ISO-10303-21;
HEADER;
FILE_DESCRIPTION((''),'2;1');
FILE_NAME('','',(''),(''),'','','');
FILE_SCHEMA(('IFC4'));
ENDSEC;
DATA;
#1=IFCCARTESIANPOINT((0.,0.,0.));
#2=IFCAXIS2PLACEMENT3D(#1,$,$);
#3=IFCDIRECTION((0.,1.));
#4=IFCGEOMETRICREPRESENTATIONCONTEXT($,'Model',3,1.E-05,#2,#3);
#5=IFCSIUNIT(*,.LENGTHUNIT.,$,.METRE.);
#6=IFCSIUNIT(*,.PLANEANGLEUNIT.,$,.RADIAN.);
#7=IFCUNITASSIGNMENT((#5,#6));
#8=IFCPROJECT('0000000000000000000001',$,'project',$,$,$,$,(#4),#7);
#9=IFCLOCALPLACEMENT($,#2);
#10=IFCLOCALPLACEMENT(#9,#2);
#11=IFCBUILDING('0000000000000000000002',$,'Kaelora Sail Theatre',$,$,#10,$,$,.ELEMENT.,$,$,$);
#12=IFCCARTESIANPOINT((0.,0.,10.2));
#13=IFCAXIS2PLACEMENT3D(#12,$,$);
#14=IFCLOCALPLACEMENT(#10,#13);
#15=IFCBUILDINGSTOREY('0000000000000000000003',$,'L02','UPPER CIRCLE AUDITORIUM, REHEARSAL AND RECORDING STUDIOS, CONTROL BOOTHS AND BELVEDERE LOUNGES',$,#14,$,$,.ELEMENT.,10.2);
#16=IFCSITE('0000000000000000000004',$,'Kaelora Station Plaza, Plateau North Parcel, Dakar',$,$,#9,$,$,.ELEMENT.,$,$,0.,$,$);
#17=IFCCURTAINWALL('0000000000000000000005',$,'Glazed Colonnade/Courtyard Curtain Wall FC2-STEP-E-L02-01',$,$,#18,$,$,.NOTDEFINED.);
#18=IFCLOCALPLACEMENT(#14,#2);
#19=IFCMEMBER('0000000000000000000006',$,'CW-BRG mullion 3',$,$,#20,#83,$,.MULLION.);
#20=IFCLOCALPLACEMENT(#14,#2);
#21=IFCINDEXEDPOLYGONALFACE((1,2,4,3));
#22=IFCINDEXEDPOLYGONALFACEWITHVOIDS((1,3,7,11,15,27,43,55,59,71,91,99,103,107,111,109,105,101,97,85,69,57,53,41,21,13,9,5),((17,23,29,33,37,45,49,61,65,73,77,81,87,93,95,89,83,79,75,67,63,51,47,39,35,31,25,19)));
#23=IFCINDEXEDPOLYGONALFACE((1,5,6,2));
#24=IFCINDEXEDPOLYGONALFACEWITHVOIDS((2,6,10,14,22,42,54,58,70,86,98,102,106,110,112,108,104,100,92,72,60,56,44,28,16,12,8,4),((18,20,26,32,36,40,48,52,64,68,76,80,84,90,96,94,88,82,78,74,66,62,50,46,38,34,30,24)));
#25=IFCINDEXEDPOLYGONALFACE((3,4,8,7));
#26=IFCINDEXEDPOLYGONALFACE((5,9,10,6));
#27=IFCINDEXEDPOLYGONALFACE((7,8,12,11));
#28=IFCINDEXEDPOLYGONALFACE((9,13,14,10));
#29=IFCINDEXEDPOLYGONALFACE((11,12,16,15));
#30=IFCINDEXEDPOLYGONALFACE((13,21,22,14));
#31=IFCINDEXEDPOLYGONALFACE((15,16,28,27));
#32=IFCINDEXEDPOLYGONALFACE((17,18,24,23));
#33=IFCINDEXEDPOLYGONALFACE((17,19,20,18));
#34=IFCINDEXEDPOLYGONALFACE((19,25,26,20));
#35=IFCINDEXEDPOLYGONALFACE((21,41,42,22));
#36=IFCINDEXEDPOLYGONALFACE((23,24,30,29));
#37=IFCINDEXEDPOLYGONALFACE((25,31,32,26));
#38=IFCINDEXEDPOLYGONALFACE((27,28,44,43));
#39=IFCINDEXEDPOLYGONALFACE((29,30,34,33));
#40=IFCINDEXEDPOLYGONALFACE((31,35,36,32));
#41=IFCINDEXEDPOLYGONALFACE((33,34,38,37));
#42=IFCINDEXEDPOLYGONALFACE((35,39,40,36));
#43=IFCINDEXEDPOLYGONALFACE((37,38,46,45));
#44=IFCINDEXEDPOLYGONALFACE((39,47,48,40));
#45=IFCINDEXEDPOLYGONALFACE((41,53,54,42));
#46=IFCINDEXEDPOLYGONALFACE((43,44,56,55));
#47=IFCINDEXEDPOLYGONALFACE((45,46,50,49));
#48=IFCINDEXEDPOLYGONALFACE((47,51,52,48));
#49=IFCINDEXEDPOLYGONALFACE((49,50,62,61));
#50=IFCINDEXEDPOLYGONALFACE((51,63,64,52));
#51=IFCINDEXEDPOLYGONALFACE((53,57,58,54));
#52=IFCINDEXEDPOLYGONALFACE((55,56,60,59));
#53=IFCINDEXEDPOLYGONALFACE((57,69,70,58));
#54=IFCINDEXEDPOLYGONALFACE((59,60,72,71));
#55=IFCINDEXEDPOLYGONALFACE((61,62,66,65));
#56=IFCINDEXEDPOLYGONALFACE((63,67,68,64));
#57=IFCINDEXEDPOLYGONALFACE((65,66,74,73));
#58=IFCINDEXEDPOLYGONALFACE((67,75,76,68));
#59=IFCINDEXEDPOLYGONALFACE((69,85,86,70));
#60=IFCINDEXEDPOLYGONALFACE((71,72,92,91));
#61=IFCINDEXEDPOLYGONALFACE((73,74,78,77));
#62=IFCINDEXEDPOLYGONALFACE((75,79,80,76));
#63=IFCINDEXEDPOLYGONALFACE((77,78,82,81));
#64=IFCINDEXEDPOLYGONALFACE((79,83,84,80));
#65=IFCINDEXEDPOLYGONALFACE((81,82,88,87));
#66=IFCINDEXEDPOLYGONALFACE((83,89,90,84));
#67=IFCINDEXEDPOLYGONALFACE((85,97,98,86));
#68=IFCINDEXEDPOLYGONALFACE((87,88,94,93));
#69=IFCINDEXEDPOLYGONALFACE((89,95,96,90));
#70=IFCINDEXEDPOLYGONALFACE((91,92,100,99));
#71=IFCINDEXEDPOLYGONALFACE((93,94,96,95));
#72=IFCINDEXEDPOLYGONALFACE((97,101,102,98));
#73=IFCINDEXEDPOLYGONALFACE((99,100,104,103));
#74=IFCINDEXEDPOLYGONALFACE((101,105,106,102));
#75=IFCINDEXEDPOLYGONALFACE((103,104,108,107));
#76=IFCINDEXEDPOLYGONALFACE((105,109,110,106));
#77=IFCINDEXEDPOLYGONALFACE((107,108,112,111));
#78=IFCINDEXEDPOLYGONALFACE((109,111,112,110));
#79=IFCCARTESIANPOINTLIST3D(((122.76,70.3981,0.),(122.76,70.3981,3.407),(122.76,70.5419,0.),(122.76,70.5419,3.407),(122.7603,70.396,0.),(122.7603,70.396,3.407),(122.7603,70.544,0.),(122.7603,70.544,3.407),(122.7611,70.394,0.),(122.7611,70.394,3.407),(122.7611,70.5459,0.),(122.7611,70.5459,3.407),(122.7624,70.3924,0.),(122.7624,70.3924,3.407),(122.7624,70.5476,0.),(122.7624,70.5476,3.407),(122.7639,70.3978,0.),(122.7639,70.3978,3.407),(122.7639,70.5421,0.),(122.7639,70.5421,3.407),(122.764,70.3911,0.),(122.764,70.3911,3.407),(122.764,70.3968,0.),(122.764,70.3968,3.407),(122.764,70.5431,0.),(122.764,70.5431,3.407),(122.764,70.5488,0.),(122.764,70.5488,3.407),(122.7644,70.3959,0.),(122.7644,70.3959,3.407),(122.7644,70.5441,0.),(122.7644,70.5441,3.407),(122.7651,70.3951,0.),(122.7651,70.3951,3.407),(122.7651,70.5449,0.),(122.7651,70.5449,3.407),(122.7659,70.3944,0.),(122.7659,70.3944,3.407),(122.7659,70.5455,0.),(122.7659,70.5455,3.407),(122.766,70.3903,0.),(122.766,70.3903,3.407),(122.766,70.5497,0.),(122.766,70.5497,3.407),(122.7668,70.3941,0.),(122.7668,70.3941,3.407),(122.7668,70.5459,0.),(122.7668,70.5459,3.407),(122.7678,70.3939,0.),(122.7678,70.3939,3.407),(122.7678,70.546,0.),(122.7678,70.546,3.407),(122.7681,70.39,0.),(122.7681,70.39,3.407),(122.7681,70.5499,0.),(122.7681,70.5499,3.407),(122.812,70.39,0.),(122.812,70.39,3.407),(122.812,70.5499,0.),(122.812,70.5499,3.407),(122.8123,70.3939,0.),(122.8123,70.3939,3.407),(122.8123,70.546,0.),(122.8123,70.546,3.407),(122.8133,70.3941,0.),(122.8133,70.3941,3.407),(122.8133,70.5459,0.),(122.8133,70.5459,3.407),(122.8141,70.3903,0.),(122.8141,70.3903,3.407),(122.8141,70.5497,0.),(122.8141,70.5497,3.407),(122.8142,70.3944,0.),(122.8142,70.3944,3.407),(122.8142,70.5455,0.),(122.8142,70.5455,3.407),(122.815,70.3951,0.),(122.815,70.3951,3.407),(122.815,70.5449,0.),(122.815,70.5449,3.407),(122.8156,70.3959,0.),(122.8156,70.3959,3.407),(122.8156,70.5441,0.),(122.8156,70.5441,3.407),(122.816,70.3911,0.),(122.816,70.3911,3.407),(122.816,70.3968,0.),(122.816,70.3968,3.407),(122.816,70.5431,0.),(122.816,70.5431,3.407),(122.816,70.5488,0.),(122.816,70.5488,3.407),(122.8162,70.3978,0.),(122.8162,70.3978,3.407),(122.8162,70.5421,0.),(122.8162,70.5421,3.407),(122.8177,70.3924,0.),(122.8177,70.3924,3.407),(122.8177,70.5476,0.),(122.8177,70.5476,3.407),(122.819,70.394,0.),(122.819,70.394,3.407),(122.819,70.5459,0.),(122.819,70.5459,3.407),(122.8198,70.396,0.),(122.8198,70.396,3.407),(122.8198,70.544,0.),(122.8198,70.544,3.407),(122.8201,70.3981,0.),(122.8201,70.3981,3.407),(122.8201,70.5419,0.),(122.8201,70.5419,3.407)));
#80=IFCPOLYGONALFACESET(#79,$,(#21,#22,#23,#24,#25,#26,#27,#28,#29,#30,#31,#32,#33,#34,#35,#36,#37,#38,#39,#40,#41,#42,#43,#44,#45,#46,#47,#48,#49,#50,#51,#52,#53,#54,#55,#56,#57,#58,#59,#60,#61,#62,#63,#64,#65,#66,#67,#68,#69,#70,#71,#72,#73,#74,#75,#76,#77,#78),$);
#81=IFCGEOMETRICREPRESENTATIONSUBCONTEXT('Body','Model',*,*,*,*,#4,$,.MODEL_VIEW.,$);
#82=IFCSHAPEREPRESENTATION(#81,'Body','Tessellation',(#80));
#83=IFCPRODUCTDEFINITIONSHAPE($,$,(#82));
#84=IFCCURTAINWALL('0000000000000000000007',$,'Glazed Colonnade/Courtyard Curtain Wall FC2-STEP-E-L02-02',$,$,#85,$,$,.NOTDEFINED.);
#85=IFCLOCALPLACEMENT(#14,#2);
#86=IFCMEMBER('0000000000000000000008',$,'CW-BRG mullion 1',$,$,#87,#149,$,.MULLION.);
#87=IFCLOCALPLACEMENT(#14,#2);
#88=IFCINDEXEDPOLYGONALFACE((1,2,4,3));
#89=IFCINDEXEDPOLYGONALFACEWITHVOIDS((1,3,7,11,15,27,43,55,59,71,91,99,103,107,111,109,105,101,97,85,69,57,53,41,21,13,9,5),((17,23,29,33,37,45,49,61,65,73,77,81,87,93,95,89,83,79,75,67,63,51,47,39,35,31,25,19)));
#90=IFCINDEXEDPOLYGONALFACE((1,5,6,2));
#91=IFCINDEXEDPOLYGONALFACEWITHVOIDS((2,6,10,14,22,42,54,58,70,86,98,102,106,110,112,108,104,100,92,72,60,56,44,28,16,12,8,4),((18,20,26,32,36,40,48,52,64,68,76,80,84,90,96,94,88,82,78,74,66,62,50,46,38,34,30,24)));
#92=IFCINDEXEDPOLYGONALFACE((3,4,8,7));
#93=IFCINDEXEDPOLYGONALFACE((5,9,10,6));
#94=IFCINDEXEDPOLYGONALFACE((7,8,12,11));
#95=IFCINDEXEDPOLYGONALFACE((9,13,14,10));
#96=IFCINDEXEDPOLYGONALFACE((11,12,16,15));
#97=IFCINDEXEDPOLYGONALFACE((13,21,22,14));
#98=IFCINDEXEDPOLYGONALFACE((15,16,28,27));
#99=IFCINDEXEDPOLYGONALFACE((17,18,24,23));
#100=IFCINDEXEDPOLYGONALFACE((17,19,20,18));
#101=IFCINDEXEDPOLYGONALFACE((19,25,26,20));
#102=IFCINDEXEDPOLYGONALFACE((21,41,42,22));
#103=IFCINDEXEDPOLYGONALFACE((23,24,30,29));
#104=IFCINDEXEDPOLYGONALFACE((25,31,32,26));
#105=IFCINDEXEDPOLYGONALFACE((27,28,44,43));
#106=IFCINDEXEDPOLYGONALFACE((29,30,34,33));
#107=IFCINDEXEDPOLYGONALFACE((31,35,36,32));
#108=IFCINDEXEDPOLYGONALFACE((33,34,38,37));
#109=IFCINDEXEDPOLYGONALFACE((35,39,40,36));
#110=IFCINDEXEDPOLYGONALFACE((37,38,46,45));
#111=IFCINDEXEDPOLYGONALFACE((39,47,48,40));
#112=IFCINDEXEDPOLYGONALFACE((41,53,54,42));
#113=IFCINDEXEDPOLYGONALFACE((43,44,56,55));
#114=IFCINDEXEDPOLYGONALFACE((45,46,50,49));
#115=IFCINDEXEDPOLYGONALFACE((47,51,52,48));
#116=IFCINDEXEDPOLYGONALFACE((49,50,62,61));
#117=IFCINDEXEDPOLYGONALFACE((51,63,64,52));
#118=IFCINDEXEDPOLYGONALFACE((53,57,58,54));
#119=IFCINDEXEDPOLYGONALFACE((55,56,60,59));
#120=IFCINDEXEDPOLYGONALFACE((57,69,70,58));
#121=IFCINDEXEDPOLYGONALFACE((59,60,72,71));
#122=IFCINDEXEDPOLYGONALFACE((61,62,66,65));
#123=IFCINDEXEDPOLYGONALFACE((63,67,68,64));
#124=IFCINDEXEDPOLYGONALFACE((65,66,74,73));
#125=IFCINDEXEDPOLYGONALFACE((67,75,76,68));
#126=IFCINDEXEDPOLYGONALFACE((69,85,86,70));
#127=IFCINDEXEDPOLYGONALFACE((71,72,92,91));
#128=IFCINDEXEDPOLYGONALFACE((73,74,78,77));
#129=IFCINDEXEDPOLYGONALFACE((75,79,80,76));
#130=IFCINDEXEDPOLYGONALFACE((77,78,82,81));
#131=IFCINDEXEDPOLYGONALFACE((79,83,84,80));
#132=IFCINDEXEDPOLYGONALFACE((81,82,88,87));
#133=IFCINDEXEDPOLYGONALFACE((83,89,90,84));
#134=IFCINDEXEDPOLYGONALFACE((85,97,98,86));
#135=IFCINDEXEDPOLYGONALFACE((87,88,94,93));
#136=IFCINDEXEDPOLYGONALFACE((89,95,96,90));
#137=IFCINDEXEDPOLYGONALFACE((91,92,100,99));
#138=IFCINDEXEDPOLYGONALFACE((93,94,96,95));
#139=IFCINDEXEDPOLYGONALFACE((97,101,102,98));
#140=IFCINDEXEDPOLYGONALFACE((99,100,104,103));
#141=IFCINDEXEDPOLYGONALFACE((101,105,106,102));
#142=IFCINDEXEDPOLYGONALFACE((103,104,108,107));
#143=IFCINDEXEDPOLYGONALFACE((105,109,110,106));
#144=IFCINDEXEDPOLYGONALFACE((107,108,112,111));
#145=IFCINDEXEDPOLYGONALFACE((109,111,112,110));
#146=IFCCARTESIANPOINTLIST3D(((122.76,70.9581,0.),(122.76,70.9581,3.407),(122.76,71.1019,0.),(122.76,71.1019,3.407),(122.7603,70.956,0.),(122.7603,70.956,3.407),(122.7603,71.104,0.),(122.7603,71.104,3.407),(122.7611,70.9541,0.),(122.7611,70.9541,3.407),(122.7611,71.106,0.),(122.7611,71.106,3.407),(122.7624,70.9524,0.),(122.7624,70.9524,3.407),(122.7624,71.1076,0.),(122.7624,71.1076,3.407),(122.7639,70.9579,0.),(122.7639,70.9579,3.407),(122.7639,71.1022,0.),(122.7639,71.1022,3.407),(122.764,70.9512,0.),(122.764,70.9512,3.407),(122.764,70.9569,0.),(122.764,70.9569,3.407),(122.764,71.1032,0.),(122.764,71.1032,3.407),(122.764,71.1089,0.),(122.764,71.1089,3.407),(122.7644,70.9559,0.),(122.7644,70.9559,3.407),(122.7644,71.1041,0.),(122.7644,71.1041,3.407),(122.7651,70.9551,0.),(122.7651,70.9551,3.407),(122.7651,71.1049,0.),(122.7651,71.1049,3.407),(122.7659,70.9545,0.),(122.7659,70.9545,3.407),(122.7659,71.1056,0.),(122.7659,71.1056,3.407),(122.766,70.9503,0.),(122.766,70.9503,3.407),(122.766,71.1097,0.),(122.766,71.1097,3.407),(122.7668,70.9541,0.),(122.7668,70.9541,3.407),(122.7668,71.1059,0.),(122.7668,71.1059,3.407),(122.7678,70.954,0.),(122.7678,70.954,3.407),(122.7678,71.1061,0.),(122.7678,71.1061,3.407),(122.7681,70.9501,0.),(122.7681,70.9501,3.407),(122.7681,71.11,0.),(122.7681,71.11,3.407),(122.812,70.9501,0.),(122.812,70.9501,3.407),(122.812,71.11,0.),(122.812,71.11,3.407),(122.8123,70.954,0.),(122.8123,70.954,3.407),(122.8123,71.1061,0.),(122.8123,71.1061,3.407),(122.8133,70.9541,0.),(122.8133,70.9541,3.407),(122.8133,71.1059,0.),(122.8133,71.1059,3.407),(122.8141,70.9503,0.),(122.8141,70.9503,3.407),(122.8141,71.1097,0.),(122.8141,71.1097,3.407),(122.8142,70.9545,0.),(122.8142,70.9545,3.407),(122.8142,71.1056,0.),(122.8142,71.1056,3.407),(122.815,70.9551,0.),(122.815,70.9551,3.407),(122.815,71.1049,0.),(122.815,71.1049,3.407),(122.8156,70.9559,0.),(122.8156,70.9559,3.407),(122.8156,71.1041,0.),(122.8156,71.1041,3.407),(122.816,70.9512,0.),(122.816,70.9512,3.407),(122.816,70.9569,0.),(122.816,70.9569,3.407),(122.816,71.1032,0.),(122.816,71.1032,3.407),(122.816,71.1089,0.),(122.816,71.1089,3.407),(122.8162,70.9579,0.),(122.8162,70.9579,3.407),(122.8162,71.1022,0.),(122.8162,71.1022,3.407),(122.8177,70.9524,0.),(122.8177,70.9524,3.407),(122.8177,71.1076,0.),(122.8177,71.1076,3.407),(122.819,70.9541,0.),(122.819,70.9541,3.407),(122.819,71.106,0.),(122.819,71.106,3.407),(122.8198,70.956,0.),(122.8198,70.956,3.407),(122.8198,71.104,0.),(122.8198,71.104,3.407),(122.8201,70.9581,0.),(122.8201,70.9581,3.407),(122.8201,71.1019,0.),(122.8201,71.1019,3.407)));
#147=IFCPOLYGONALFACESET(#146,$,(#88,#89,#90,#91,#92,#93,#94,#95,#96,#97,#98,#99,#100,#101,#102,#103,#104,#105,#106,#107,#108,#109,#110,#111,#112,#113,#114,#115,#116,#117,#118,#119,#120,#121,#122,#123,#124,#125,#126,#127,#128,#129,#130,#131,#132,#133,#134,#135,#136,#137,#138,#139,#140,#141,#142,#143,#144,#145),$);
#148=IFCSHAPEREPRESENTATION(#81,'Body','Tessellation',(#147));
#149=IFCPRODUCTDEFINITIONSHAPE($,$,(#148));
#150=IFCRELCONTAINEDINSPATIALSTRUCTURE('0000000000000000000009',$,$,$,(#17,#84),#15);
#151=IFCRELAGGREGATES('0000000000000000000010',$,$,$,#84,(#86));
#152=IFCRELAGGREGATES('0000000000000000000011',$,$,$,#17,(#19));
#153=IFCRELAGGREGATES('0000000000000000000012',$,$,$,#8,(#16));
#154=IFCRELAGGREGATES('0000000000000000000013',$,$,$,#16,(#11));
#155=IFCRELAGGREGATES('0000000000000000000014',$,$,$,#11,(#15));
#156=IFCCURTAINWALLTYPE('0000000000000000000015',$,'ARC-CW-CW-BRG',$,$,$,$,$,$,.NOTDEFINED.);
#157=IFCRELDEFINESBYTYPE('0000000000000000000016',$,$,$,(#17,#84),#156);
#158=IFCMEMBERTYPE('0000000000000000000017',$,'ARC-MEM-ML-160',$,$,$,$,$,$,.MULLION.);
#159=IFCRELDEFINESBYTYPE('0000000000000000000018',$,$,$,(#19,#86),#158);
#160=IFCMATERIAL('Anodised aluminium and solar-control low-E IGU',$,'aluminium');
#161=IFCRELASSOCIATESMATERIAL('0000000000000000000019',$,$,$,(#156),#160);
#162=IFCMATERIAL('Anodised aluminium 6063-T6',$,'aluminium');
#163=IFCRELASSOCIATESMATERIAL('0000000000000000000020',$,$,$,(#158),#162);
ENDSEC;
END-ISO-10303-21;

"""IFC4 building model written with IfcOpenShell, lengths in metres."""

from ifc_helpers import new_model, si_unit, direction, frame, origin, origin_2d, place, context, subcontext, project, spatial, hollow_rectangle, extrude, material, material_profile, profile_set, type_object, element, aggregate, save


model = new_model("IFC4")

# Units and contexts
model_context = context("Model", 3, precision=1e-05, world=origin(), true_north=direction((0.0, 1.0)))
body_context = subcontext(model_context, "Body", "Model", "MODEL_VIEW")
ifc_project = project(units=[si_unit("LENGTHUNIT", "METRE"), si_unit("PLANEANGLEUNIT", "RADIAN")], contexts=[model_context])

# Site, building, storey
site_placement = place(None, origin())
site = spatial("IfcSite", under=ifc_project, at=site_placement, Name="Kaelora Station Plaza, Plateau North Parcel, Dakar", CompositionType="ELEMENT", RefElevation=0.0)
building_placement = place(site_placement, origin())
building = spatial("IfcBuilding", under=site, at=building_placement, Name="Kaelora Sail Theatre", CompositionType="ELEMENT")
storey_placement = place(building_placement, frame((0.0, 0.0, 10.2)))
storey = spatial("IfcBuildingStorey", under=building, at=storey_placement, Name="L02", Description="UPPER CIRCLE AUDITORIUM, REHEARSAL AND RECORDING STUDIOS, CONTROL BOOTHS AND BELVEDERE LOUNGES", CompositionType="ELEMENT", Elevation=10.2)

# Curtain wall, member
ifc_material_1 = material(Name="Anodised aluminium and solar-control low-E IGU", Category="aluminium")
curtain_wall_type = type_object("IfcCurtainWallType", Name="ARC-CW-CW-BRG", PredefinedType="NOTDEFINED", material=ifc_material_1)
ifc_material_2 = material(Name="Anodised aluminium 6063-T6", Category="aluminium")
ifc_material_profile_1 = material_profile(ifc_material_2, hollow_rectangle(XDim=0.0601, YDim=0.1599, WallThickness=0.0039, InnerFilletRadius=0.0039, OuterFilletRadius=0.0081, at=origin_2d()), Name="ALU-MULL 60x160x4")
ifc_profile_set_1 = profile_set([ifc_material_profile_1], Name="Anodised aluminium 6063-T6")
member_type_1 = type_object("IfcMemberType", Name="ARC-MEM-ML-160", PredefinedType="MULLION", material=ifc_profile_set_1)
curtain_wall_1_placement = place(storey_placement, origin())
curtain_wall_1 = element("IfcCurtainWall", 1, at=curtain_wall_1_placement, inside=storey, type_object=curtain_wall_type, Name="Glazed Colonnade/Courtyard Curtain Wall FC2-STEP-E-L02-01", PredefinedType="NOTDEFINED")
member_1_placement = place(storey_placement, frame((122.79, 70.47, 0.0), z_axis=(0.0, 0.0, 1.0), x_axis=(-1.0, 0.0, 0.0)))
member_1 = element("IfcMember", 2, at=member_1_placement, type_object=member_type_1, Name="CW-BRG mullion 3", PredefinedType="MULLION", context=body_context, shape_type="SweptSolid", body=[
    extrude(hollow_rectangle(XDim=0.0601, YDim=0.1599, WallThickness=0.0039, InnerFilletRadius=0.0039, OuterFilletRadius=0.0081, at=origin_2d()), origin(), (0.0, 0.0, 1.0), 3.407),
])

# Curtain wall, member
curtain_wall_2_placement = place(storey_placement, origin())
curtain_wall_2 = element("IfcCurtainWall", 3, at=curtain_wall_2_placement, inside=storey, type_object=curtain_wall_type, Name="Glazed Colonnade/Courtyard Curtain Wall FC2-STEP-E-L02-02", PredefinedType="NOTDEFINED")
member_2_placement = place(storey_placement, frame((122.79, 71.03, 0.0), z_axis=(0.0, 0.0, 1.0), x_axis=(-1.0, 0.0, 0.0)))
member_2 = element("IfcMember", 4, at=member_2_placement, type_object=member_type_1, Name="CW-BRG mullion 1", PredefinedType="MULLION", context=body_context, shape_type="SweptSolid", body=[
    extrude(hollow_rectangle(XDim=0.0601, YDim=0.1599, WallThickness=0.0039, InnerFilletRadius=0.0039, OuterFilletRadius=0.0081, at=origin_2d()), origin(), (0.0, 0.0, 1.0), 3.407),
])

aggregate(curtain_wall_2, [member_2])

aggregate(curtain_wall_1, [member_1])

save(model, "model.ifc")
